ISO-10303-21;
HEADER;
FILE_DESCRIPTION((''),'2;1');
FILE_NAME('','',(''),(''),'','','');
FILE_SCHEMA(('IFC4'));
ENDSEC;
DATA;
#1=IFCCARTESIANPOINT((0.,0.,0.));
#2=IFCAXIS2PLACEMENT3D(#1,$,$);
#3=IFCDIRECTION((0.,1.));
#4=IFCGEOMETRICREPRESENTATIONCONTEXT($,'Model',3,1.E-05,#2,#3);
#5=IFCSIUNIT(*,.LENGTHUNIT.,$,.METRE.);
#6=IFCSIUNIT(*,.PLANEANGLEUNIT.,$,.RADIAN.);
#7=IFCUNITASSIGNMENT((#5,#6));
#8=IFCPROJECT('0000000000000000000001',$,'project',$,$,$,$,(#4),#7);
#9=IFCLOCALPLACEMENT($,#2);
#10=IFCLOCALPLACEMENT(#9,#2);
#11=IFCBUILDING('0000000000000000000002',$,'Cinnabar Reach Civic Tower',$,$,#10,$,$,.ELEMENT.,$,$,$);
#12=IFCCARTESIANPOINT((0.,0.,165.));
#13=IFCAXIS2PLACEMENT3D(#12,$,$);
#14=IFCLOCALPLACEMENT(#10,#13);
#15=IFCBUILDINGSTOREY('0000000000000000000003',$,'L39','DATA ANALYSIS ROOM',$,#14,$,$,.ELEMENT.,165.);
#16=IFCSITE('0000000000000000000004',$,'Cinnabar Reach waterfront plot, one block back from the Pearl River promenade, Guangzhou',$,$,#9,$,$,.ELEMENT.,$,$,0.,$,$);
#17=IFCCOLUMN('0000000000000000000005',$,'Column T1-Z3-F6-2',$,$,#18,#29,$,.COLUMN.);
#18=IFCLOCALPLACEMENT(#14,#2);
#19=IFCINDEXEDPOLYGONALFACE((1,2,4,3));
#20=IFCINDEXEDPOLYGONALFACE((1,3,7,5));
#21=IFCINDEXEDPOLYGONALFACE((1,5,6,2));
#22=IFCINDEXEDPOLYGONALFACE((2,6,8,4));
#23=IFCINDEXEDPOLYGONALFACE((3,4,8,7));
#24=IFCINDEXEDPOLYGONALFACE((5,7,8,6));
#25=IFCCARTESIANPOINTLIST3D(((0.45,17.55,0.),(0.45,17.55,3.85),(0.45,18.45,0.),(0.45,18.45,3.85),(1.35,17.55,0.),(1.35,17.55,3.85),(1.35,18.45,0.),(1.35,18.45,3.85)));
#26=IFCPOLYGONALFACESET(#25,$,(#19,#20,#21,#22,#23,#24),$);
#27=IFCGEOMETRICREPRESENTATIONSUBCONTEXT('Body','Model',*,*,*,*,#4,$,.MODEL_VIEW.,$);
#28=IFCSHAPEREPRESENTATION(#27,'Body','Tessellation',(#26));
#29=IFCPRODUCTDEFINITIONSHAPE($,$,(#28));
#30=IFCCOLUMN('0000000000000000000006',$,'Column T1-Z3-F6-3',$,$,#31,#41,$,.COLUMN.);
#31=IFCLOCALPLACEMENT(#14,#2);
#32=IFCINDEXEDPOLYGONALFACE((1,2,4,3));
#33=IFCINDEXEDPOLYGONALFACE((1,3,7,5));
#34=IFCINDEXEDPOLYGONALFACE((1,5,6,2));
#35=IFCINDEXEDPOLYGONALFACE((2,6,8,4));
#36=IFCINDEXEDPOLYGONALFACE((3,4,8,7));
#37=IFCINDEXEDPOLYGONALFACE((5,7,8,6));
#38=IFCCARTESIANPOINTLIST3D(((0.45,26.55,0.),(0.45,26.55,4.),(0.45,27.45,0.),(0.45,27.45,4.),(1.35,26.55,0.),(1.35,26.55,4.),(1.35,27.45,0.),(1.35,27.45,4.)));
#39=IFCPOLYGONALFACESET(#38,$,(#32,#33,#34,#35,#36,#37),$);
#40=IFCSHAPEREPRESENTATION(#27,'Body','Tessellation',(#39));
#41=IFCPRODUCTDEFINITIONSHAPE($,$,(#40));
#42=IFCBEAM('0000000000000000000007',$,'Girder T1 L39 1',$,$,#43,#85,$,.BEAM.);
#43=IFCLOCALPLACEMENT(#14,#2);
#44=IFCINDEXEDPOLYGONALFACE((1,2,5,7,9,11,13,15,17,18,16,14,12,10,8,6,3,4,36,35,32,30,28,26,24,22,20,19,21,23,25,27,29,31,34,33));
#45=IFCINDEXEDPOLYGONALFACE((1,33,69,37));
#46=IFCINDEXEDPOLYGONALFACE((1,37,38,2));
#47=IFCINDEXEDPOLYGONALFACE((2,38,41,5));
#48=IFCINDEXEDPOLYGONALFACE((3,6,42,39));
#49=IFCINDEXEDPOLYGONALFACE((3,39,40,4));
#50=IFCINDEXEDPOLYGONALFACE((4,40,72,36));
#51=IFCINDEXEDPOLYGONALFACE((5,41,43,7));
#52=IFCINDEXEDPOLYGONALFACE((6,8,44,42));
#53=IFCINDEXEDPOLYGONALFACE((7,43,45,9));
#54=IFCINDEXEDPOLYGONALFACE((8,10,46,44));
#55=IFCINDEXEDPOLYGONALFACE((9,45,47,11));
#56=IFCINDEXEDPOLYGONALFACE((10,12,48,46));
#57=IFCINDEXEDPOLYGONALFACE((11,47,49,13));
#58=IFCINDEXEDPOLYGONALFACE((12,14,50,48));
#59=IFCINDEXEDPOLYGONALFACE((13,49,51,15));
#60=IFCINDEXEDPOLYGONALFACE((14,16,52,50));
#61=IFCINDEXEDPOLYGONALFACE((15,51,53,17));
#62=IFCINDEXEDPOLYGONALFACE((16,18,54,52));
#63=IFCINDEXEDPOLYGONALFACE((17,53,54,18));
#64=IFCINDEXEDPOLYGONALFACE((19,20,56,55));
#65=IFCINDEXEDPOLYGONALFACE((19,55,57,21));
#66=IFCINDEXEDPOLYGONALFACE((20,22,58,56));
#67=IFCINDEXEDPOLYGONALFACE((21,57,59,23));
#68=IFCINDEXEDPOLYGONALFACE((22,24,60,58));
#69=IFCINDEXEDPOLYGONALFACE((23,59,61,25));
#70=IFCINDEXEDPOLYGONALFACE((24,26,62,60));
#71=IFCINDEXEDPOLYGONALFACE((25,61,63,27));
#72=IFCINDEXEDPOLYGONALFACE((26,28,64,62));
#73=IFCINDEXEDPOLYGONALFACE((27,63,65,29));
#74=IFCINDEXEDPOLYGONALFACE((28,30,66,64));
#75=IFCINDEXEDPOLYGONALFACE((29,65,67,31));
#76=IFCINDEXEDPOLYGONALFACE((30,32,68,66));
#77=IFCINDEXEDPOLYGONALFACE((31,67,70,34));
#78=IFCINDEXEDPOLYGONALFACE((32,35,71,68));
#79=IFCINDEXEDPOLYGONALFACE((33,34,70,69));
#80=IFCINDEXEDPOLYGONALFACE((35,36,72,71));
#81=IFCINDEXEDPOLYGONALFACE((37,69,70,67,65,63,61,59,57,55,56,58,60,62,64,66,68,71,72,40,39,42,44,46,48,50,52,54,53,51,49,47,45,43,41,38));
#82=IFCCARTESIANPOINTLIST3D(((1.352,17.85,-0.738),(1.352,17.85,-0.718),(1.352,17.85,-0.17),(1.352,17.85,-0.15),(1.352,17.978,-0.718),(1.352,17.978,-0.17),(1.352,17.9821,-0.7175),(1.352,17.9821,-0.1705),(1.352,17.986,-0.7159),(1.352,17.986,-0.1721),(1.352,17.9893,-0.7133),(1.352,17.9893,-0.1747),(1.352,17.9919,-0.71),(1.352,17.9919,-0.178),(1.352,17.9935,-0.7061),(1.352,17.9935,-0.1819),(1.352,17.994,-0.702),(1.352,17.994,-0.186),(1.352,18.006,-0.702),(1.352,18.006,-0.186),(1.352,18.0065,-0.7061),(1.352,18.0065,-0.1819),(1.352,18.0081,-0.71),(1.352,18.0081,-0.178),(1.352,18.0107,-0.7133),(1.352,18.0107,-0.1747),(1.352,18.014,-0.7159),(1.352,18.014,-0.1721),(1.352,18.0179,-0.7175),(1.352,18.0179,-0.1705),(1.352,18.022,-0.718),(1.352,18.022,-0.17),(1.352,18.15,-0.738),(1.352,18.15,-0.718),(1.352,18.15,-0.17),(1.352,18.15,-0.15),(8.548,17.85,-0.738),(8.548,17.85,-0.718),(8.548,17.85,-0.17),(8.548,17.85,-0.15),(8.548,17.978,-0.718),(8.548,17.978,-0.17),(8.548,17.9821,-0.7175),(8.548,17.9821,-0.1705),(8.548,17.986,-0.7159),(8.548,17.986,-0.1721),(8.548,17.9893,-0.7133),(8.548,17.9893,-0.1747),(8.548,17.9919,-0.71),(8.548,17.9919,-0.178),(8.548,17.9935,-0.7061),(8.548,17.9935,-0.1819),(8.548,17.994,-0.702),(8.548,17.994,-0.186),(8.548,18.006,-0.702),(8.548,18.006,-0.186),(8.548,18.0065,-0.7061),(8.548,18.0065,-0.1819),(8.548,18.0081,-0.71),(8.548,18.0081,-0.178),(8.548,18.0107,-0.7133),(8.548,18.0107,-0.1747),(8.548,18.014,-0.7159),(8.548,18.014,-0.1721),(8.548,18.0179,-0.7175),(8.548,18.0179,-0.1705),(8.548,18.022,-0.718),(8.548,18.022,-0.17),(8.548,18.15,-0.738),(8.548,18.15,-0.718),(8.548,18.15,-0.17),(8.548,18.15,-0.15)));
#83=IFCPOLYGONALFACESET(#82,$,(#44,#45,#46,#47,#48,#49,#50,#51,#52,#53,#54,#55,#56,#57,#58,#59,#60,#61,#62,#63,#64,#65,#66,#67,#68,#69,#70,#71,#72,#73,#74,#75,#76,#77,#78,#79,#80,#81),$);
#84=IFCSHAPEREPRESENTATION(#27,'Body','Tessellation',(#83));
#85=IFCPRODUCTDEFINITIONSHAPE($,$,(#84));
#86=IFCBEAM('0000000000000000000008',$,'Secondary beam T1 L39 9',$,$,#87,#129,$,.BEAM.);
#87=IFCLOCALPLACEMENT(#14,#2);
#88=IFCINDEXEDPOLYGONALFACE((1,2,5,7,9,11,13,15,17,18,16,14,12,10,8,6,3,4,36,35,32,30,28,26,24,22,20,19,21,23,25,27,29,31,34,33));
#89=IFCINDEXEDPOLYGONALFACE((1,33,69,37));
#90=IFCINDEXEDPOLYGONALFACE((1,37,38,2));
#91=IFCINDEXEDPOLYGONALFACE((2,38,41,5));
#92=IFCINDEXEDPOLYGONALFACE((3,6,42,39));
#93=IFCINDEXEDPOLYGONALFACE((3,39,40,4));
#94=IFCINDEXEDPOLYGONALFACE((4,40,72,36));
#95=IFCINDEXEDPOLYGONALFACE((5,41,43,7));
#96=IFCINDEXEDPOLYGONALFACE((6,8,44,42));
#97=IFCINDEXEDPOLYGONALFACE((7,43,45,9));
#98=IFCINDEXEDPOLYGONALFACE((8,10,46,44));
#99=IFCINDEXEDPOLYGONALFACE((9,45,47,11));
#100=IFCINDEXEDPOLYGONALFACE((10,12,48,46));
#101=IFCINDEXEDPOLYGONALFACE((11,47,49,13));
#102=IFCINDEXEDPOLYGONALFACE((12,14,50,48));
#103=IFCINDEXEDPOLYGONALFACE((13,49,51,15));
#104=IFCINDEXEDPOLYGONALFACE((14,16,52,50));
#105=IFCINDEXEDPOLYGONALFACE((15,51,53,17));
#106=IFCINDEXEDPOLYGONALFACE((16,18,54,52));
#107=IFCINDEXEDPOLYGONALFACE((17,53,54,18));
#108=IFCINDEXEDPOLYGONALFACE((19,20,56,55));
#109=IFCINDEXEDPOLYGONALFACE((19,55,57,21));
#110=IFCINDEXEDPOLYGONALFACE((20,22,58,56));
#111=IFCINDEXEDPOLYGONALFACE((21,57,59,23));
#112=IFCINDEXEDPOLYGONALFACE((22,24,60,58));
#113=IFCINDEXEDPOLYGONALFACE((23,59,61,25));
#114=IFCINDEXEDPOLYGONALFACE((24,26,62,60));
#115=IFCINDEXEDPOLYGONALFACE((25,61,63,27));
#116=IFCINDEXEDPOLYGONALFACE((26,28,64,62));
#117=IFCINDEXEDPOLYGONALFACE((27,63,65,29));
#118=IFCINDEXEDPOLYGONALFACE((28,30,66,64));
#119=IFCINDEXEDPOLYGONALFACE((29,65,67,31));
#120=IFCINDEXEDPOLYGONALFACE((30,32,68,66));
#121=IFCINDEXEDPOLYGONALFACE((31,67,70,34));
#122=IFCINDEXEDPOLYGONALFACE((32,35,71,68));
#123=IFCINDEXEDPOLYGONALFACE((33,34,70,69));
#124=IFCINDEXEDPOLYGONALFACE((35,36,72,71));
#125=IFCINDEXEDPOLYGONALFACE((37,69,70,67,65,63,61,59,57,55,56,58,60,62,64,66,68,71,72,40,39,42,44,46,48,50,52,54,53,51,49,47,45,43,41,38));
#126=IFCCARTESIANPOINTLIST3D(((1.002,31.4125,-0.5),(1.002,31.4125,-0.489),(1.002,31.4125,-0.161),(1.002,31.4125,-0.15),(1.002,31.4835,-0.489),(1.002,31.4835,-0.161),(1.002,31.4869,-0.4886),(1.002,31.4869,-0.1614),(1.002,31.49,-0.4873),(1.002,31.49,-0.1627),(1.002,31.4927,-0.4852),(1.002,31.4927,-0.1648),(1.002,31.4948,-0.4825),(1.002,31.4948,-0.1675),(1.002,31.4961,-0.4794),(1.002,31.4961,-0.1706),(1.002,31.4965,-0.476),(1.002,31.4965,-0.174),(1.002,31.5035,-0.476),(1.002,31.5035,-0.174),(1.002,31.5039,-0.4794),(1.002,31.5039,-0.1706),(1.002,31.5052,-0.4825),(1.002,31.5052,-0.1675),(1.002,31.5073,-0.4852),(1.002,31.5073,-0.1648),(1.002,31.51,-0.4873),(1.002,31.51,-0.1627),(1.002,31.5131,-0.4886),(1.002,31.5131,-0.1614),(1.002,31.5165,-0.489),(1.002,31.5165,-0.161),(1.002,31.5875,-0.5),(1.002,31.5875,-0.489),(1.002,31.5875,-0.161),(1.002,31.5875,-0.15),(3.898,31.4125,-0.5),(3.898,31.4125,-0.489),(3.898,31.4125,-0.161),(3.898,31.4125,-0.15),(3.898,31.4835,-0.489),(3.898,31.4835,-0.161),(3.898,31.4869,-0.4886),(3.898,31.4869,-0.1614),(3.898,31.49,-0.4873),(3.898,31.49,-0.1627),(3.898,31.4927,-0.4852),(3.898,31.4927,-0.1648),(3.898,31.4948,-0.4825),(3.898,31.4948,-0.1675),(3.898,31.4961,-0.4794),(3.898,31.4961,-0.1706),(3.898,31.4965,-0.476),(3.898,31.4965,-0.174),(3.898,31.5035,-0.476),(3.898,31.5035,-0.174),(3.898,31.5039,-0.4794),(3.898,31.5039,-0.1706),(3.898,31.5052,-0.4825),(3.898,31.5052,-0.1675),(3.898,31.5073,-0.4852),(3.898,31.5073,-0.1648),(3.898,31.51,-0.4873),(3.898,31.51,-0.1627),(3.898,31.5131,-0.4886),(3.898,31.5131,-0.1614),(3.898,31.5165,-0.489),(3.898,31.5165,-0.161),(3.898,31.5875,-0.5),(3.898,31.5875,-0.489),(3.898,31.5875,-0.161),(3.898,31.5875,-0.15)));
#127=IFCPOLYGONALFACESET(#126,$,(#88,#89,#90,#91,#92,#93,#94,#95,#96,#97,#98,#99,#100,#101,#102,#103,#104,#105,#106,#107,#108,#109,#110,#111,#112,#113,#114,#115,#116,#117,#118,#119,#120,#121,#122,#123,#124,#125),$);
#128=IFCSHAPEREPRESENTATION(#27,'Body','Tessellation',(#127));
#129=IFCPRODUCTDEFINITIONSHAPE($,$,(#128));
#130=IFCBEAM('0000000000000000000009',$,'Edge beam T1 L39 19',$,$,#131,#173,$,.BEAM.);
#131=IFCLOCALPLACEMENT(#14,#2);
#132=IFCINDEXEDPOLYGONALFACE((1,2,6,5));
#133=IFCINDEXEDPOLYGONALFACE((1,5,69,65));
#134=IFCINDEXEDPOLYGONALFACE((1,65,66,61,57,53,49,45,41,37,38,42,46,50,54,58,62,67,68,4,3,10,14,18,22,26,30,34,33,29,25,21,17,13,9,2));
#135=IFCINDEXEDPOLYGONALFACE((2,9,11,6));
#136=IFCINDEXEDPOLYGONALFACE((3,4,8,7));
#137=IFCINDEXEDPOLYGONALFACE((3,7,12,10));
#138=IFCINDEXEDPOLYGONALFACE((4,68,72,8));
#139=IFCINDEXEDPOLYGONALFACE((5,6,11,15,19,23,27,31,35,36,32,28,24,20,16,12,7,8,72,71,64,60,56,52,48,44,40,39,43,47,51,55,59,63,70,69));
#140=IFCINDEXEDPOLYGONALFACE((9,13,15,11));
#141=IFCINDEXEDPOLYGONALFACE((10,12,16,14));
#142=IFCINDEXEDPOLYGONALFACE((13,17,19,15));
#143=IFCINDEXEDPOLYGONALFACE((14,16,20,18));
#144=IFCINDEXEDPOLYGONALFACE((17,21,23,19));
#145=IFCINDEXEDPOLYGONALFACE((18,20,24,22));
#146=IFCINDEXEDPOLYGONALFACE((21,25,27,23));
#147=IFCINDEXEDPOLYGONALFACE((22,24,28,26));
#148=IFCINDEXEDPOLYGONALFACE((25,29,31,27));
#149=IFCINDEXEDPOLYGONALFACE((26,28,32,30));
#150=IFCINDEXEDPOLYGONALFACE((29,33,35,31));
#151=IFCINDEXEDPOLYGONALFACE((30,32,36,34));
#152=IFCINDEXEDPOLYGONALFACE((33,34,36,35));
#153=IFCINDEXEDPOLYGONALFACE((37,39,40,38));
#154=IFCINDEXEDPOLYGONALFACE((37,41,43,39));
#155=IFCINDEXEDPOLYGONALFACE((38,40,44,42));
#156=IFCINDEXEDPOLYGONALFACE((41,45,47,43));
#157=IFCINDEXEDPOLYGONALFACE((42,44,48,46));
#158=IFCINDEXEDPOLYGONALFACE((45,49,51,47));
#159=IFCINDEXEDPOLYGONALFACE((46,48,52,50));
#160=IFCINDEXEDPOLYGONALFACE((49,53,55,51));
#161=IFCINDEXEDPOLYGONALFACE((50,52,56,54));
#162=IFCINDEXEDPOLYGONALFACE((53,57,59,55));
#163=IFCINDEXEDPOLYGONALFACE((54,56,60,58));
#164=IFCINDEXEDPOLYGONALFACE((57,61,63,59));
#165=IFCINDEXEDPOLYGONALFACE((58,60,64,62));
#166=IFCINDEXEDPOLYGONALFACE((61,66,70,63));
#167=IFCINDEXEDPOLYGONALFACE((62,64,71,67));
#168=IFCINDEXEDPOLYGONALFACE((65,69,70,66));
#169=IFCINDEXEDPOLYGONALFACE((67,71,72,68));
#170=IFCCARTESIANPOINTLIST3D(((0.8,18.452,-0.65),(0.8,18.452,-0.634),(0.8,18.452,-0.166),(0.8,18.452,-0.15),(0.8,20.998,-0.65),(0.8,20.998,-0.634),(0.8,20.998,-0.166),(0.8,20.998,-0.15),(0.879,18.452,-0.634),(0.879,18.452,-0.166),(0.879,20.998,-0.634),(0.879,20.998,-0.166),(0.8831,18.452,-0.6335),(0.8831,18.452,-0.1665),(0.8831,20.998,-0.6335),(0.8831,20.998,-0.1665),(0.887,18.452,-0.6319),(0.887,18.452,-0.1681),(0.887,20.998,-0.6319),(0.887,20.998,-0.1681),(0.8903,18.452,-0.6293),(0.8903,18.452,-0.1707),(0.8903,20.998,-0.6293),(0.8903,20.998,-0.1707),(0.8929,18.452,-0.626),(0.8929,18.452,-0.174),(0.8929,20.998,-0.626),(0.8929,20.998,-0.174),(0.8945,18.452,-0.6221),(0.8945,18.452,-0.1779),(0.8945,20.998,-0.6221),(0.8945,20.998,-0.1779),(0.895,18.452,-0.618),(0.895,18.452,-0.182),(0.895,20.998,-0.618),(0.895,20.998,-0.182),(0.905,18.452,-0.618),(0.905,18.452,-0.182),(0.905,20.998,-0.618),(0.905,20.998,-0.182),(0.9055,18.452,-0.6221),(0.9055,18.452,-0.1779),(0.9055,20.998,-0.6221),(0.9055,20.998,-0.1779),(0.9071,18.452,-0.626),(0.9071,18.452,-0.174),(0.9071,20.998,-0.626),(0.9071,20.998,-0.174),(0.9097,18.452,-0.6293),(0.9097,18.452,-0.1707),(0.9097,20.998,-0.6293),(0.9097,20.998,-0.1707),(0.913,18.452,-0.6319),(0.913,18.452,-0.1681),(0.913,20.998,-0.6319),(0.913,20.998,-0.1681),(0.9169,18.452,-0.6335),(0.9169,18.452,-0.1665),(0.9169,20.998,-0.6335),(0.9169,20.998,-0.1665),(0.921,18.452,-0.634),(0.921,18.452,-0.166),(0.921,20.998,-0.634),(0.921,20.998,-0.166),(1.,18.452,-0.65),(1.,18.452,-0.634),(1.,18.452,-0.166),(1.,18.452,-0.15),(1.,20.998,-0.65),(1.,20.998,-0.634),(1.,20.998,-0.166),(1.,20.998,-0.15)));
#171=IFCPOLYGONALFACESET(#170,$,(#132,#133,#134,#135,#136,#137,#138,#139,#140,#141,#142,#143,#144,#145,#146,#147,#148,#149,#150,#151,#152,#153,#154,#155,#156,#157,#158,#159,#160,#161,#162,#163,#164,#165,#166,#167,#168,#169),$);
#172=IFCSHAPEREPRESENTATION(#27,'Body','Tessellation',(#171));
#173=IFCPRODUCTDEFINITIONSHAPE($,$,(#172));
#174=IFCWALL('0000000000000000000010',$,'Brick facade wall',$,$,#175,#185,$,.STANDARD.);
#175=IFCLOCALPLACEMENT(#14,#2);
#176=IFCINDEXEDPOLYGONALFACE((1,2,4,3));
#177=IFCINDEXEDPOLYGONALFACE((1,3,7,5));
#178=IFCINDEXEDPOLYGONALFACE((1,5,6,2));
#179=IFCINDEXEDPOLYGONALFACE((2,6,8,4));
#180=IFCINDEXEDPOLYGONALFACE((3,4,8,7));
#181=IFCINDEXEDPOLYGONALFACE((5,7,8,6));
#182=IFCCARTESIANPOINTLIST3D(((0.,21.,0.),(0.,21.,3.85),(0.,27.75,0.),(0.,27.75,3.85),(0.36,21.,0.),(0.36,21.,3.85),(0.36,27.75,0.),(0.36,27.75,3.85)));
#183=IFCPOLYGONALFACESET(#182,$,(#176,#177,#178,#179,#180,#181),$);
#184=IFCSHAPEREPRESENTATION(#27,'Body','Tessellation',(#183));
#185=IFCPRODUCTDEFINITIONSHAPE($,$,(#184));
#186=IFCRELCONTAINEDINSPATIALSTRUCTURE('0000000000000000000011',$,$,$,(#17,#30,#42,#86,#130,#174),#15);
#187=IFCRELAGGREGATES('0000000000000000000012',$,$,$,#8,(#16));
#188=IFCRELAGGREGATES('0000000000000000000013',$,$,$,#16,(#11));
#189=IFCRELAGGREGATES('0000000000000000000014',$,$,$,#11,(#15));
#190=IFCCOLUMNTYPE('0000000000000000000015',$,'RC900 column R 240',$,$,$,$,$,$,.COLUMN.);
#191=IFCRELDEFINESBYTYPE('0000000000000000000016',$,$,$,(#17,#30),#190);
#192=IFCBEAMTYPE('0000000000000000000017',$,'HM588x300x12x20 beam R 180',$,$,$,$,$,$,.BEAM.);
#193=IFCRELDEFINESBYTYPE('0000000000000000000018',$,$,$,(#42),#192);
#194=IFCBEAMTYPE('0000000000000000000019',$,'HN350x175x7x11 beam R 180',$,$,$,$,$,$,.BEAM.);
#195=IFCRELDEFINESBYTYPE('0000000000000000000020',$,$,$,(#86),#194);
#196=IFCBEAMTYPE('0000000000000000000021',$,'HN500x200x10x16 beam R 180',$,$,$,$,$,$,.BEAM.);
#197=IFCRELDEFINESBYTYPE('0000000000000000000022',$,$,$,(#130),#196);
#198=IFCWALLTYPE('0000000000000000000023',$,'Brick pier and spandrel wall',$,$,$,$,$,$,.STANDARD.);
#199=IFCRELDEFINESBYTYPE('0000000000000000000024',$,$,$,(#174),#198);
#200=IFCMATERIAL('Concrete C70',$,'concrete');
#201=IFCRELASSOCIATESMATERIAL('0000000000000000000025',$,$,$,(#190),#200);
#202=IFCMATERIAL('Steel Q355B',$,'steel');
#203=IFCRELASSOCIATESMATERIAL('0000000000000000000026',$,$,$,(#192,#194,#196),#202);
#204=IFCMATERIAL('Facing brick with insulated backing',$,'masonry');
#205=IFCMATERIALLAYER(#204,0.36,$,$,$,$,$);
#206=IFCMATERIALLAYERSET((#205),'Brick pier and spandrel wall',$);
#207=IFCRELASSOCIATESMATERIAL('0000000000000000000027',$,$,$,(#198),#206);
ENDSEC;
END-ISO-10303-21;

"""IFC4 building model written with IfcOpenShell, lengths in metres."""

from ifc_helpers import new_model, si_unit, direction, frame, frame_2d, origin, origin_2d, place, context, subcontext, project, spatial, rectangle, i_section, extrude, material, layer, layer_set, material_profile, profile_set, type_object, element, save


model = new_model("IFC4")

# Units and contexts
model_context = context("Model", 3, precision=1e-05, world=origin(), true_north=direction((0.0, 1.0)))
body_context = subcontext(model_context, "Body", "Model", "MODEL_VIEW")
ifc_project = project(units=[si_unit("LENGTHUNIT", "METRE"), si_unit("PLANEANGLEUNIT", "RADIAN")], contexts=[model_context])

# Site, building, storey
site_placement = place(None, origin())
site = spatial("IfcSite", under=ifc_project, at=site_placement, Name="Cinnabar Reach waterfront plot, one block back from the Pearl River promenade, Guangzhou", CompositionType="ELEMENT", RefElevation=0.0)
building_placement = place(site_placement, origin())
building = spatial("IfcBuilding", under=site, at=building_placement, Name="Cinnabar Reach Civic Tower", CompositionType="ELEMENT")
storey_placement = place(building_placement, frame((0.0, 0.0, 165.0)))
storey = spatial("IfcBuildingStorey", under=building, at=storey_placement, Name="L39", Description="DATA ANALYSIS ROOM", CompositionType="ELEMENT", Elevation=165.0)

# Columns
ifc_material_1 = material(Name="Concrete C70", Category="concrete")
ifc_material_profile_1 = material_profile(ifc_material_1, rectangle(XDim=0.9, YDim=0.9, at=origin_2d()), Name="RC900")
ifc_profile_set_1 = profile_set([ifc_material_profile_1], Name="Concrete C70")
column_type = type_object("IfcColumnType", Name="RC900 column R 240", PredefinedType="COLUMN", material=ifc_profile_set_1)
column_1_placement = place(storey_placement, frame((0.9, 18.0, 0.0), z_axis=(0.0, 0.0, 1.0), x_axis=(1.0, 0.0, 0.0)))
element("IfcColumn", 1, at=column_1_placement, inside=storey, type_object=column_type, Name="Column T1-Z3-F6-2", PredefinedType="COLUMN", context=body_context, shape_type="SweptSolid", body=[
    extrude(rectangle(XDim=0.9, YDim=0.9, at=origin_2d()), origin(), (0.0, 0.0, 1.0), 3.85),
])
column_2_placement = place(storey_placement, frame((0.9, 27.0, 0.0), z_axis=(0.0, 0.0, 1.0), x_axis=(1.0, 0.0, 0.0)))
element("IfcColumn", 2, at=column_2_placement, inside=storey, type_object=column_type, Name="Column T1-Z3-F6-3", PredefinedType="COLUMN", context=body_context, shape_type="SweptSolid", body=[
    extrude(rectangle(XDim=0.9, YDim=0.9, at=origin_2d()), origin(), (0.0, 0.0, 1.0), 4.0),
])

# Beams
ifc_material_2 = material(Name="Steel Q355B", Category="steel")
ifc_material_profile_2 = material_profile(ifc_material_2, i_section(OverallWidth=0.3, OverallDepth=0.588, WebThickness=0.012, FlangeThickness=0.02, FilletRadius=0.016, at=origin_2d()), Name="HM588x300x12x20")
ifc_profile_set_2 = profile_set([ifc_material_profile_2], Name="Steel Q355B")
beam_type_1 = type_object("IfcBeamType", Name="HM588x300x12x20 beam R 180", PredefinedType="BEAM", material=ifc_profile_set_2)
beam_1_placement = place(storey_placement, frame((1.352, 18.0, -0.444), z_axis=(1.0, 0.0, 0.0), x_axis=(0.0, 1.0, 0.0)))
element("IfcBeam", 3, at=beam_1_placement, inside=storey, type_object=beam_type_1, Name="Girder T1 L39 1", PredefinedType="BEAM", context=body_context, shape_type="SweptSolid", body=[
    extrude(i_section(OverallWidth=0.3, OverallDepth=0.588, WebThickness=0.012, FlangeThickness=0.02, FilletRadius=0.016, at=origin_2d()), origin(), (0.0, 0.0, 1.0), 7.196),
])
ifc_material_profile_3 = material_profile(ifc_material_2, i_section(OverallWidth=0.175, OverallDepth=0.35, WebThickness=0.007, FlangeThickness=0.011, FilletRadius=0.013, at=origin_2d()), Name="HN350x175x7x11")
ifc_profile_set_3 = profile_set([ifc_material_profile_3], Name="Steel Q355B")
beam_type_2 = type_object("IfcBeamType", Name="HN350x175x7x11 beam R 180", PredefinedType="BEAM", material=ifc_profile_set_3)
beam_2_placement = place(storey_placement, frame((1.002, 31.5, -0.325), z_axis=(1.0, 0.0, 0.0), x_axis=(0.0, 1.0, 0.0)))
element("IfcBeam", 4, at=beam_2_placement, inside=storey, type_object=beam_type_2, Name="Secondary beam T1 L39 9", PredefinedType="BEAM", context=body_context, shape_type="SweptSolid", body=[
    extrude(i_section(OverallWidth=0.175, OverallDepth=0.35, WebThickness=0.007, FlangeThickness=0.011, FilletRadius=0.013, at=origin_2d()), origin(), (0.0, 0.0, 1.0), 2.896),
])
ifc_material_profile_4 = material_profile(ifc_material_2, i_section(OverallWidth=0.2, OverallDepth=0.5, WebThickness=0.01, FlangeThickness=0.016, FilletRadius=0.016, at=origin_2d()), Name="HN500x200x10x16")
ifc_profile_set_4 = profile_set([ifc_material_profile_4], Name="Steel Q355B")
beam_type_3 = type_object("IfcBeamType", Name="HN500x200x10x16 beam R 180", PredefinedType="BEAM", material=ifc_profile_set_4)
beam_3_placement = place(storey_placement, frame((0.9, 20.998, -0.4), z_axis=(0.0, -1.0, 0.0), x_axis=(1.0, 0.0, 0.0)))
element("IfcBeam", 5, at=beam_3_placement, inside=storey, type_object=beam_type_3, Name="Edge beam T1 L39 19", PredefinedType="BEAM", context=body_context, shape_type="SweptSolid", body=[
    extrude(i_section(OverallWidth=0.2, OverallDepth=0.5, WebThickness=0.01, FlangeThickness=0.016, FilletRadius=0.016, at=origin_2d()), origin(), (0.0, 0.0, 1.0), 2.546),
])

# Wall
ifc_material_3 = material(Name="Facing brick with insulated backing", Category="masonry")
ifc_layer_1 = layer(ifc_material_3, 0.36)
ifc_layer_set_1 = layer_set([ifc_layer_1], Name="Brick pier and spandrel wall")
wall_type_1 = type_object("IfcWallType", Name="Brick pier and spandrel wall", PredefinedType="STANDARD", material=ifc_layer_set_1)
wall_1_placement = place(storey_placement, frame((0.18, 27.75, 0.0), z_axis=(0.0, 0.0, 1.0), x_axis=(0.0, -1.0, 0.0)))
element("IfcWall", 6, at=wall_1_placement, inside=storey, type_object=wall_type_1, Name="Brick facade wall", PredefinedType="STANDARD", context=body_context, shape_type="SweptSolid", body=[
    extrude(rectangle(XDim=6.75, YDim=0.36, at=frame_2d((3.375, 0.0))), origin(), (0.0, 0.0, 1.0), 3.85),
])

save(model, "model.ifc")
